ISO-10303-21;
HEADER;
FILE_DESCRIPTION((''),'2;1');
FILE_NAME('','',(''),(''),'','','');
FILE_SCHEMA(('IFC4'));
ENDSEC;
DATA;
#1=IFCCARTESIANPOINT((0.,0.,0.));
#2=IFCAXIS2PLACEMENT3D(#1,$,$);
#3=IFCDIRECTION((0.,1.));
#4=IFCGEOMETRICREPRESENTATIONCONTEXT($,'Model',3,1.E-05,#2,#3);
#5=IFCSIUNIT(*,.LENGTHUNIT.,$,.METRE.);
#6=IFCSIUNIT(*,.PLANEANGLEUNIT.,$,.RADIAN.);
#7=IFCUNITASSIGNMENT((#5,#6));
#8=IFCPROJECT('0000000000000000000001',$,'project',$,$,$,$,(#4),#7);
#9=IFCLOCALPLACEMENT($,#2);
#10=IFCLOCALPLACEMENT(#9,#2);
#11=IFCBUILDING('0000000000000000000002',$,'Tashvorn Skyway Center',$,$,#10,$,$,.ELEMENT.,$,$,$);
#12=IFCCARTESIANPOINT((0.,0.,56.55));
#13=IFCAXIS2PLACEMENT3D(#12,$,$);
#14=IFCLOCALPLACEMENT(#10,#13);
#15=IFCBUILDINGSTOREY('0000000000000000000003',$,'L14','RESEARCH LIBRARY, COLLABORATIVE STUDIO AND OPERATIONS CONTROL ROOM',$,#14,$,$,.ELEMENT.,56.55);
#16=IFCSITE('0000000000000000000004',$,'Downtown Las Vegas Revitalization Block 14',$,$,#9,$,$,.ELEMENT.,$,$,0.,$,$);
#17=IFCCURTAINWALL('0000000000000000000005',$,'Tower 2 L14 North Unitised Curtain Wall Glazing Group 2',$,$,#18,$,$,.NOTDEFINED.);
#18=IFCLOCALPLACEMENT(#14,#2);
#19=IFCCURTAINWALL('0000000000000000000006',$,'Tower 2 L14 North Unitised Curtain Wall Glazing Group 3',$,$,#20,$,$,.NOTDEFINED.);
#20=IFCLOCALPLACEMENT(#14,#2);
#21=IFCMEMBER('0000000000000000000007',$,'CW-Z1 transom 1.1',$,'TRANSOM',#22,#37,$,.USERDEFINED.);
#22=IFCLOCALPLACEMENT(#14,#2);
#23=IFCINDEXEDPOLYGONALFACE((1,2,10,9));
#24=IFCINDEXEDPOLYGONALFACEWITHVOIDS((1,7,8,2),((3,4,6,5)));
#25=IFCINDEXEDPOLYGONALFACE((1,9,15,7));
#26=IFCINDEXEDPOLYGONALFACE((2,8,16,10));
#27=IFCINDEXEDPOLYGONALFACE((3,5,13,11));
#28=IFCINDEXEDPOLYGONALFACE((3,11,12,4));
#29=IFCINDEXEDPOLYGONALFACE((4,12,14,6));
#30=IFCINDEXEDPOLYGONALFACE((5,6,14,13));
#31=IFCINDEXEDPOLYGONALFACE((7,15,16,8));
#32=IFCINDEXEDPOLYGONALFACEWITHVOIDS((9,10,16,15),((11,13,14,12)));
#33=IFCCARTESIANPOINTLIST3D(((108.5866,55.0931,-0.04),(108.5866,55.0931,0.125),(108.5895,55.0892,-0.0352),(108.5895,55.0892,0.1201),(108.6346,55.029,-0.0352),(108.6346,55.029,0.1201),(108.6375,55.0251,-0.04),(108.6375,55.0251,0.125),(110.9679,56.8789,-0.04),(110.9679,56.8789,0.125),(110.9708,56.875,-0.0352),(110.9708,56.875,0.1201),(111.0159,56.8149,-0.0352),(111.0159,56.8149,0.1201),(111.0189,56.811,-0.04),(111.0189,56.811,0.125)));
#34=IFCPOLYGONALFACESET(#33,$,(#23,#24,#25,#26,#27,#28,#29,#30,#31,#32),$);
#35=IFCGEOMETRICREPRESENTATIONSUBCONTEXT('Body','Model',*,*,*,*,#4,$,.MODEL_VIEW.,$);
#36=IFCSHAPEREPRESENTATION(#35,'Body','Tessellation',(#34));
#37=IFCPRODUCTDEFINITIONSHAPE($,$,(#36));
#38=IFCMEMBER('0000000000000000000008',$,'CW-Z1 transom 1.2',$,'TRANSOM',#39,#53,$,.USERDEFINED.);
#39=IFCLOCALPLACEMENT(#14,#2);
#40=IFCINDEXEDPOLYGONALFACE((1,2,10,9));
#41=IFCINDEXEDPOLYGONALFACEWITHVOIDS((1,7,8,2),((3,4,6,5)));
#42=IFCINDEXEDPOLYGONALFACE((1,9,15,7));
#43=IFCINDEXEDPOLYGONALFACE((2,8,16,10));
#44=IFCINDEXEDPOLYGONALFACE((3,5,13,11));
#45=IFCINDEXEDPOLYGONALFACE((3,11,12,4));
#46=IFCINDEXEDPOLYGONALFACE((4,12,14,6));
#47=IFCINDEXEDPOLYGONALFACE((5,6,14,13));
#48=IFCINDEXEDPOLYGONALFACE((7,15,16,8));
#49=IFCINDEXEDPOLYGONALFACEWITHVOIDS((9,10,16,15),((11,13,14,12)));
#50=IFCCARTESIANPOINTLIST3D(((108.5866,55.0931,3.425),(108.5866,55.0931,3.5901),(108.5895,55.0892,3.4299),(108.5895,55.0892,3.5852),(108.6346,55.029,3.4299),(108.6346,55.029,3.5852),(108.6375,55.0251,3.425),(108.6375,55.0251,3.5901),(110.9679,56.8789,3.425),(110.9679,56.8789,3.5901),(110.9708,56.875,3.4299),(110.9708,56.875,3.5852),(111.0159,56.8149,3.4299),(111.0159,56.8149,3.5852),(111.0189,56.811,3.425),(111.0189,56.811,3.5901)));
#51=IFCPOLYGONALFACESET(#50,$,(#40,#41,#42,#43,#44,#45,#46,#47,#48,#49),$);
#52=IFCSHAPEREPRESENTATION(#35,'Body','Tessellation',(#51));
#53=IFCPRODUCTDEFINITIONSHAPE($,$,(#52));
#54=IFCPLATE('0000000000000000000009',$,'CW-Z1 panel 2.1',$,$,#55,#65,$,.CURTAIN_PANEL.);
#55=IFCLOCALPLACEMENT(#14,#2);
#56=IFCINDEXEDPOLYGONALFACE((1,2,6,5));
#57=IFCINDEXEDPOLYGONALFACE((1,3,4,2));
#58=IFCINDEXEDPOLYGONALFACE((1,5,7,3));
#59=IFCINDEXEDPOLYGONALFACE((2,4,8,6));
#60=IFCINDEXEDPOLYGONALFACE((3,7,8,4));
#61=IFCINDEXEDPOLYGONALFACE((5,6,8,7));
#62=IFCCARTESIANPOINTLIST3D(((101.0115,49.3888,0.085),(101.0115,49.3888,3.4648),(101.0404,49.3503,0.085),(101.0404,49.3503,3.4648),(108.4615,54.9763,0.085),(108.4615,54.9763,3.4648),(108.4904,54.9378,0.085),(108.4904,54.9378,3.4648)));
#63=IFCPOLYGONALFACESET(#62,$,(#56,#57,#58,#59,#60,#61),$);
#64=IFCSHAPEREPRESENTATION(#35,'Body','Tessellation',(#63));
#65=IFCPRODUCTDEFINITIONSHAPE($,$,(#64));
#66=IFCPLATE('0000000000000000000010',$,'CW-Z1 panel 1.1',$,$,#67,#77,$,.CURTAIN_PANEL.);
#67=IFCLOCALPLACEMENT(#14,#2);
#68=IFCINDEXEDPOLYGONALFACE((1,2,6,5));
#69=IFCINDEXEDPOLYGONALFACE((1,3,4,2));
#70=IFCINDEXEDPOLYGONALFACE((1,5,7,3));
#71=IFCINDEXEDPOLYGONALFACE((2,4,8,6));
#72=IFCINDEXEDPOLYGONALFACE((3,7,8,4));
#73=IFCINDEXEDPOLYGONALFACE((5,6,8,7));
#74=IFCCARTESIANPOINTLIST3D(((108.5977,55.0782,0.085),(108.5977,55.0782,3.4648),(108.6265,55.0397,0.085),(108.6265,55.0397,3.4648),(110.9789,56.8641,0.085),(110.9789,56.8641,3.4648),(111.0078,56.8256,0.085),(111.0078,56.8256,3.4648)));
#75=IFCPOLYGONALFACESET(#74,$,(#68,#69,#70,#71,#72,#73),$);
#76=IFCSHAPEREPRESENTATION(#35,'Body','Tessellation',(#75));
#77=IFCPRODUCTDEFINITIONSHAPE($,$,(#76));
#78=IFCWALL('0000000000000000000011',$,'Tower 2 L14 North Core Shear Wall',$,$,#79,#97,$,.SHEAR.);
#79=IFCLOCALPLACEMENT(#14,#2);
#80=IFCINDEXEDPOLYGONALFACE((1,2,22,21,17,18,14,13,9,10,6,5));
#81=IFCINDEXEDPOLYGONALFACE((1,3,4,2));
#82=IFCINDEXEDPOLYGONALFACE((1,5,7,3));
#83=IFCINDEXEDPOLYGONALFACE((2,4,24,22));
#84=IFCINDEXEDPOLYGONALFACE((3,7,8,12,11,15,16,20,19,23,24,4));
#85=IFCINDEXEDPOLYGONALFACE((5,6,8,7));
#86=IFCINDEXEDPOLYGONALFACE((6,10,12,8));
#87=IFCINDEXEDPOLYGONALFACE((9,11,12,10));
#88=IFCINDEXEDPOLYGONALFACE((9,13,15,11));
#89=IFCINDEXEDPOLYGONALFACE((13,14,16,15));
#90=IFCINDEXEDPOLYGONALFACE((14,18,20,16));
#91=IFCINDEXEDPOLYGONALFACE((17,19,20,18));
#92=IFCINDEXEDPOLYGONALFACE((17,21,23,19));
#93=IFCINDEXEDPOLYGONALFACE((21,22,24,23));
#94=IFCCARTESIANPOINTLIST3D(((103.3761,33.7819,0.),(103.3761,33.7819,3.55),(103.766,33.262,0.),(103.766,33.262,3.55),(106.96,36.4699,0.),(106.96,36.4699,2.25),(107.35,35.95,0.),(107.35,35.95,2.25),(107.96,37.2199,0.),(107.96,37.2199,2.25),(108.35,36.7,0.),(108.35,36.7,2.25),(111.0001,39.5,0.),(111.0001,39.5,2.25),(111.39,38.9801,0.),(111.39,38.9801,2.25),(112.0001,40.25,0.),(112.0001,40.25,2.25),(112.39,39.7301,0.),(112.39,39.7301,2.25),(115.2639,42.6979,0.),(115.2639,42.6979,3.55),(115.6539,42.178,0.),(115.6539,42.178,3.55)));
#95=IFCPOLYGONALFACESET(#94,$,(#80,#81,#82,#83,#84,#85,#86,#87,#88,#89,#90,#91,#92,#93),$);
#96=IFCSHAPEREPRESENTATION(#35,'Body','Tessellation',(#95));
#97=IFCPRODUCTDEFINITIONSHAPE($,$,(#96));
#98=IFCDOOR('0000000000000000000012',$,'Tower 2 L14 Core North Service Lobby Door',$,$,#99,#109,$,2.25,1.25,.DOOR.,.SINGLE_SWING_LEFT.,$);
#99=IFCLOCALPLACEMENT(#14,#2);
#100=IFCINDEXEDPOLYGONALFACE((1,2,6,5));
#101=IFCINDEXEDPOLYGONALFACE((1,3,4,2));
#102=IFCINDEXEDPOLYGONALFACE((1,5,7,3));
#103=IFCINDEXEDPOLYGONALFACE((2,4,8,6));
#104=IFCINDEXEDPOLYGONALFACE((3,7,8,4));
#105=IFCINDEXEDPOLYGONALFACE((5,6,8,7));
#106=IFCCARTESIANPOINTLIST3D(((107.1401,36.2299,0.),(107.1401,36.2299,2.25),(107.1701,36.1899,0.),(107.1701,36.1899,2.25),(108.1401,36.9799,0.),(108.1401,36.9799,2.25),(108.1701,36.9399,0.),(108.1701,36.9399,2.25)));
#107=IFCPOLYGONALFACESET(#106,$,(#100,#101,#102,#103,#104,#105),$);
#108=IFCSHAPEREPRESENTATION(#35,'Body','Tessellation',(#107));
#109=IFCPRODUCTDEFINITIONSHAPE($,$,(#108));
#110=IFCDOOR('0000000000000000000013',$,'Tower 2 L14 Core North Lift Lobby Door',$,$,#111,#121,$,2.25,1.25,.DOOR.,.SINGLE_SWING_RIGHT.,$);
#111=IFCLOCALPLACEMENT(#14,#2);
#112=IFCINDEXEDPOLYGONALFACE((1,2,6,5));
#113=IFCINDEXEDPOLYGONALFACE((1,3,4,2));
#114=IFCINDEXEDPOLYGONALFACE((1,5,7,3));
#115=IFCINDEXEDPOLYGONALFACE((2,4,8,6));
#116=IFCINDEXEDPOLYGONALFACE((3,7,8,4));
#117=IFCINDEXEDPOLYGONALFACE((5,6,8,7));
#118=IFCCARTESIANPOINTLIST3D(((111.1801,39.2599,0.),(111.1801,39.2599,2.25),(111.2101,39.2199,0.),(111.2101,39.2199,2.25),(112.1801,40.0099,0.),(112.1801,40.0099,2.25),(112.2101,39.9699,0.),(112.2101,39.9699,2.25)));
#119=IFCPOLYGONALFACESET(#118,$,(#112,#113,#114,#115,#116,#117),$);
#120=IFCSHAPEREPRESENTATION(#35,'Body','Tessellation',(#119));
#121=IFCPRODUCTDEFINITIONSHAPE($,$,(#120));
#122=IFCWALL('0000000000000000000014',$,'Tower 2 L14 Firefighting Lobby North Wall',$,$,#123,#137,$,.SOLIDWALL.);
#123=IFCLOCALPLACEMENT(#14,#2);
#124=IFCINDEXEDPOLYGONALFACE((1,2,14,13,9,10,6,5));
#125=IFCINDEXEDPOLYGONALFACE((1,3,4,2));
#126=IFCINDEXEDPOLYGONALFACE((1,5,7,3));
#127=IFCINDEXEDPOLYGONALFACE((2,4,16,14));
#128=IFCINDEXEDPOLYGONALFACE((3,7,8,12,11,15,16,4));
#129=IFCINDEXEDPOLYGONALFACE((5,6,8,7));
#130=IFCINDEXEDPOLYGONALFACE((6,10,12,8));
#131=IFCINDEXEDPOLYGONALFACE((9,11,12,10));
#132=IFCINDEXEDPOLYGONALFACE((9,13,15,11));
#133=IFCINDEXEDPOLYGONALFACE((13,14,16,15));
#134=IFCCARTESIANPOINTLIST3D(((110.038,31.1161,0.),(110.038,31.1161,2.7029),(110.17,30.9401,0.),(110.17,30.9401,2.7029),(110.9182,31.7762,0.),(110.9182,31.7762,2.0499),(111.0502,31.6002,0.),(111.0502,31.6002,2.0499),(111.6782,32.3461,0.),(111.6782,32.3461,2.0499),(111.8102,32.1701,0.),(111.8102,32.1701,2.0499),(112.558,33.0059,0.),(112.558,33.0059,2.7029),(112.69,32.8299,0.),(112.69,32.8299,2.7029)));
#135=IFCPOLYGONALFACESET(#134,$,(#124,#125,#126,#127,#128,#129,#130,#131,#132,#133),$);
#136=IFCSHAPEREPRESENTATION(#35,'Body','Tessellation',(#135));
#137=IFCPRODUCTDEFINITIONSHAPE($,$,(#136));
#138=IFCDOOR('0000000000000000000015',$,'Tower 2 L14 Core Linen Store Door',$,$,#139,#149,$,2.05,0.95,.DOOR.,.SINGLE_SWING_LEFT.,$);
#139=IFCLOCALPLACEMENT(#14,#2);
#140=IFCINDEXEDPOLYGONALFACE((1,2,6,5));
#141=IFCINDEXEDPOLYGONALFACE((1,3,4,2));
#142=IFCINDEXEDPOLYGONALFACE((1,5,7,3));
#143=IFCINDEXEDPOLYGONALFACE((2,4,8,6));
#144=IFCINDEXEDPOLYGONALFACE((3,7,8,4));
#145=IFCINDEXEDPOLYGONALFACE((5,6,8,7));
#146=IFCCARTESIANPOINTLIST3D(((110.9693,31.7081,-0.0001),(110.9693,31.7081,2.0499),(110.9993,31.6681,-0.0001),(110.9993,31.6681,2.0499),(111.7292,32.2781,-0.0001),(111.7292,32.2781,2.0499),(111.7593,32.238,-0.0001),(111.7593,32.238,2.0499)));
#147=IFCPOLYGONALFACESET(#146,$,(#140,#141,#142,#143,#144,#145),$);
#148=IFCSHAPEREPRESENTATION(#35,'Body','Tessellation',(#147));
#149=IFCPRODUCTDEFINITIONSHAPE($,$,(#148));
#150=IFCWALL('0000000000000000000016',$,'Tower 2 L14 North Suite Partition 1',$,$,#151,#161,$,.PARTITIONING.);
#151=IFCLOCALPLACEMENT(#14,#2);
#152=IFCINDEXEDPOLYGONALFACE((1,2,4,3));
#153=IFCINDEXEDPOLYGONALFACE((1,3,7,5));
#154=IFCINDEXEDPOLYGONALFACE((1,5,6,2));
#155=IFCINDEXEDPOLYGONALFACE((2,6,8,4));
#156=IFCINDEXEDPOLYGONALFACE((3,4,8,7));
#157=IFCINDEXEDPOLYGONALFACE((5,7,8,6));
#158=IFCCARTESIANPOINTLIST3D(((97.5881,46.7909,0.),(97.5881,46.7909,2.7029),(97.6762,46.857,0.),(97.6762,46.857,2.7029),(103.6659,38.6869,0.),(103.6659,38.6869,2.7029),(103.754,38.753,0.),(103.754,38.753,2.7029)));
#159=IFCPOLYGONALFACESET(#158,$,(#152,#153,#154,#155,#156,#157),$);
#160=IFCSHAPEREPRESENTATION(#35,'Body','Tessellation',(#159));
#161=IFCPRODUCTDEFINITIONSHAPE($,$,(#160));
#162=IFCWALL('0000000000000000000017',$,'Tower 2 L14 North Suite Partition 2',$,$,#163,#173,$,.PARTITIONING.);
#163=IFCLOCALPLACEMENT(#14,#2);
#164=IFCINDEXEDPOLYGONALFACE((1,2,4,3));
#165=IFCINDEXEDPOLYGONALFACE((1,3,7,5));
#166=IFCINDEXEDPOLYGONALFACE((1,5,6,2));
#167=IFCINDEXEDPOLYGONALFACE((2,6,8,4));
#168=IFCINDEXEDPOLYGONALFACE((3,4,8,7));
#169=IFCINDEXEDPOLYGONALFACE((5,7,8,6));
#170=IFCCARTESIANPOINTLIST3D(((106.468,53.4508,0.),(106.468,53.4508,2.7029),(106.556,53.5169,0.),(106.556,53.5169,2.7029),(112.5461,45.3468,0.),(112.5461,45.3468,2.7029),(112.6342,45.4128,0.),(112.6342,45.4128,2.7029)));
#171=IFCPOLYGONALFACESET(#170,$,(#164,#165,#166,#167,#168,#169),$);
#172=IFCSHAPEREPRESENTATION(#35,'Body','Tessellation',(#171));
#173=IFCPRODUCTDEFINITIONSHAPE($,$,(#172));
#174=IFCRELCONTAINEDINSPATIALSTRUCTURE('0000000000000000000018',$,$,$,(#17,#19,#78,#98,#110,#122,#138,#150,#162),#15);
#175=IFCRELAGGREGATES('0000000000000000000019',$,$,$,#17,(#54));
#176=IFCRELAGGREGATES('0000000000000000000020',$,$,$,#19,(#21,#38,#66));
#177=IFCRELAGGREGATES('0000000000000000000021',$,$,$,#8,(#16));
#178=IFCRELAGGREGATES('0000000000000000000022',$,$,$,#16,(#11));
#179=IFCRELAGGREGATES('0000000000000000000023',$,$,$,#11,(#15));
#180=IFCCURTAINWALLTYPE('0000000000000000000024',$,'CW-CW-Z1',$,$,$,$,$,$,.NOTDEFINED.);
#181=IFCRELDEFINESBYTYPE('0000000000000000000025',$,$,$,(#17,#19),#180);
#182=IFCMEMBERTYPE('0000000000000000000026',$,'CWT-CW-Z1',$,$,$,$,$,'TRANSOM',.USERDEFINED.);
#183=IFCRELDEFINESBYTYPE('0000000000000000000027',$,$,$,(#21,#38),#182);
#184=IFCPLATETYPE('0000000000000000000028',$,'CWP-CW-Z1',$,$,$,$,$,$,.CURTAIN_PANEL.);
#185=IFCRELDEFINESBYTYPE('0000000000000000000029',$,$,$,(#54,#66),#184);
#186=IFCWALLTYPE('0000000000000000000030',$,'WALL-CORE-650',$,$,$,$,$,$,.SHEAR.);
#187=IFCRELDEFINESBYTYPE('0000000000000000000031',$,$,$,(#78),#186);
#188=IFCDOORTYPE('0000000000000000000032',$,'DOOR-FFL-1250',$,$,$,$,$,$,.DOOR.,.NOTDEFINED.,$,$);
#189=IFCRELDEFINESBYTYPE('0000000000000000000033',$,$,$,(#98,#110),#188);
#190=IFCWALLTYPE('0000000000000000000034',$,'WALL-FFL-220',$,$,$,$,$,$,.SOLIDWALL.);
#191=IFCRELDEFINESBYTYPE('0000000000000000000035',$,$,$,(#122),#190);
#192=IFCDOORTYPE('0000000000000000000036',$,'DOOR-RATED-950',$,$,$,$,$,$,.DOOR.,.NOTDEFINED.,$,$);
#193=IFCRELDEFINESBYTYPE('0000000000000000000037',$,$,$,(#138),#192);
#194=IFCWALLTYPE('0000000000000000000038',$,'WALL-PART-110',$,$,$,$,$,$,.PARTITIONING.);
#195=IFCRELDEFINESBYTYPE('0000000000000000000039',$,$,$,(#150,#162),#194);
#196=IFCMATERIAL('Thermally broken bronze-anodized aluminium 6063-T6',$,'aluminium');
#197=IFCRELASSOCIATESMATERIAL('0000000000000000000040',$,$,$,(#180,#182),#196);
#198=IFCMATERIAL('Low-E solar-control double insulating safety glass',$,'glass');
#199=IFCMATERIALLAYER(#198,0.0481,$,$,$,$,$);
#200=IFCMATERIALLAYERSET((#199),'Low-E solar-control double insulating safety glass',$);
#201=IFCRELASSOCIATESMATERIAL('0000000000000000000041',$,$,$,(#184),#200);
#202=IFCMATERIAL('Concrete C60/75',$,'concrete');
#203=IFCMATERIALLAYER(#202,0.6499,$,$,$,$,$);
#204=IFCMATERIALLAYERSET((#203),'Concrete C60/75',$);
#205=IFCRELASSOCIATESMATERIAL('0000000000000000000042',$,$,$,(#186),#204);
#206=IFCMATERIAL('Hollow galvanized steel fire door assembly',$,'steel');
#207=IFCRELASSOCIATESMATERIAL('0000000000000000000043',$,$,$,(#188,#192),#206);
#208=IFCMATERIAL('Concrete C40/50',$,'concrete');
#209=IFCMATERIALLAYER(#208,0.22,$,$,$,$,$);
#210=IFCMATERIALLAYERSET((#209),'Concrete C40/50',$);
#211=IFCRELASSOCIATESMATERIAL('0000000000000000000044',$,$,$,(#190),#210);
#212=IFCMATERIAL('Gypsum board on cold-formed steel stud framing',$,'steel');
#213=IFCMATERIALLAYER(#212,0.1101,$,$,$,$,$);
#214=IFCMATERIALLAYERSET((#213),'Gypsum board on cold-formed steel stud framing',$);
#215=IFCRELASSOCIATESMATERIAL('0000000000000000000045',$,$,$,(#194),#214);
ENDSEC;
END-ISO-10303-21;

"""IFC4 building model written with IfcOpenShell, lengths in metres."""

from ifc_helpers import new_model, si_unit, direction, frame, frame_2d, origin, origin_2d, place, context, subcontext, project, spatial, rectangle, hollow_rectangle, extrude, material, layer, layer_set, material_profile, profile_set, type_object, element, fill, aggregate, save


model = new_model("IFC4")

# Units and contexts
model_context = context("Model", 3, precision=1e-05, world=origin(), true_north=direction((0.0, 1.0)))
body_context = subcontext(model_context, "Body", "Model", "MODEL_VIEW")
ifc_project = project(units=[si_unit("LENGTHUNIT", "METRE"), si_unit("PLANEANGLEUNIT", "RADIAN")], contexts=[model_context])

# Site, building, storey
site_placement = place(None, origin())
site = spatial("IfcSite", under=ifc_project, at=site_placement, Name="Downtown Las Vegas Revitalization Block 14", CompositionType="ELEMENT", RefElevation=0.0)
building_placement = place(site_placement, origin())
building = spatial("IfcBuilding", under=site, at=building_placement, Name="Tashvorn Skyway Center", CompositionType="ELEMENT")
storey_placement = place(building_placement, frame((0.0, 0.0, 56.55)))
storey = spatial("IfcBuildingStorey", under=building, at=storey_placement, Name="L14", Description="RESEARCH LIBRARY, COLLABORATIVE STUDIO AND OPERATIONS CONTROL ROOM", CompositionType="ELEMENT", Elevation=56.55)

# Shared definitions
ifc_material_1 = material(Name="Concrete C60/75", Category="concrete")

# Curtain wall
ifc_material_2 = material(Name="Thermally broken bronze-anodized aluminium 6063-T6", Category="aluminium")
curtain_wall_type = type_object("IfcCurtainWallType", Name="CW-CW-Z1", PredefinedType="NOTDEFINED", material=ifc_material_2)
curtain_wall_1_placement = place(storey_placement, origin())
curtain_wall_1 = element("IfcCurtainWall", 1, at=curtain_wall_1_placement, inside=storey, type_object=curtain_wall_type, Name="Tower 2 L14 North Unitised Curtain Wall Glazing Group 2", PredefinedType="NOTDEFINED")

# Curtain wall, members
curtain_wall_2_placement = place(storey_placement, origin())
curtain_wall_2 = element("IfcCurtainWall", 2, at=curtain_wall_2_placement, inside=storey, type_object=curtain_wall_type, Name="Tower 2 L14 North Unitised Curtain Wall Glazing Group 3", PredefinedType="NOTDEFINED")
ifc_material_profile_1 = material_profile(ifc_material_2, hollow_rectangle(XDim=0.085, YDim=0.165, WallThickness=0.0049, at=origin_2d()), Name="ALU-TRAN-85x165")
ifc_profile_set_1 = profile_set([ifc_material_profile_1], Name="Thermally broken bronze-anodized aluminium 6063-T6")
member_type_1 = type_object("IfcMemberType", Name="CWT-CW-Z1", ElementType="TRANSOM", PredefinedType="USERDEFINED", material=ifc_profile_set_1)
member_1_placement = place(storey_placement, frame((108.6121, 55.0591, 0.0425), z_axis=(0.80002, 0.599974, 0.0), x_axis=(-0.599974, 0.80002, 0.0)))
member_1 = element("IfcMember", 3, at=member_1_placement, type_object=member_type_1, Name="CW-Z1 transom 1.1", ObjectType="TRANSOM", PredefinedType="USERDEFINED", context=body_context, shape_type="SweptSolid", body=[
    extrude(hollow_rectangle(XDim=0.085, YDim=0.165, WallThickness=0.0049, at=origin_2d()), origin(), (0.0, 0.0, 1.0), 2.9766),
])
member_2_placement = place(storey_placement, frame((108.6121, 55.0591, 3.5076), z_axis=(0.80002, 0.599974, 0.0), x_axis=(-0.599974, 0.80002, 0.0)))
member_2 = element("IfcMember", 4, at=member_2_placement, type_object=member_type_1, Name="CW-Z1 transom 1.2", ObjectType="TRANSOM", PredefinedType="USERDEFINED", context=body_context, shape_type="SweptSolid", body=[
    extrude(hollow_rectangle(XDim=0.085, YDim=0.165, WallThickness=0.0049, at=origin_2d()), origin(), (0.0, 0.0, 1.0), 2.9766),
])

# Plates
ifc_material_3 = material(Name="Low-E solar-control double insulating safety glass", Category="glass")
ifc_layer_1 = layer(ifc_material_3, 0.0481)
ifc_layer_set_1 = layer_set([ifc_layer_1], Name="Low-E solar-control double insulating safety glass")
plate_type = type_object("IfcPlateType", Name="CWP-CW-Z1", PredefinedType="CURTAIN_PANEL", material=ifc_layer_set_1)
plate_1_placement = place(storey_placement, frame((104.751, 52.1633, 0.085), z_axis=(0.0, 0.0, 1.0), x_axis=(0.8, 0.6, 0.0)))
plate_1 = element("IfcPlate", 5, at=plate_1_placement, type_object=plate_type, Name="CW-Z1 panel 2.1", PredefinedType="CURTAIN_PANEL", context=body_context, shape_type="SweptSolid", body=[
    extrude(rectangle(XDim=9.3125, YDim=0.0481, at=origin_2d()), origin(), (0.0, 0.0, 1.0), 3.3799),
])
aggregate(curtain_wall_1, [plate_1])
plate_2_placement = place(storey_placement, frame((109.8027, 55.9519, 0.085), z_axis=(0.0, 0.0, 1.0), x_axis=(0.799996, 0.600005, 0.0)))
plate_2 = element("IfcPlate", 6, at=plate_2_placement, type_object=plate_type, Name="CW-Z1 panel 1.1", PredefinedType="CURTAIN_PANEL", context=body_context, shape_type="SweptSolid", body=[
    extrude(rectangle(XDim=2.9766, YDim=0.0481, at=origin_2d()), origin(), (0.0, 0.0, 1.0), 3.3799),
])
aggregate(curtain_wall_2, [member_1, member_2, plate_2])

# Wall, openings, doors
ifc_layer_2 = layer(ifc_material_1, 0.6499)
ifc_layer_set_2 = layer_set([ifc_layer_2], Name="Concrete C60/75")
wall_type_1 = type_object("IfcWallType", Name="WALL-CORE-650", PredefinedType="SHEAR", material=ifc_layer_set_2)
wall_1_placement = place(storey_placement, frame((103.571, 33.522, 0.0), z_axis=(0.0, 0.0, 1.0), x_axis=(0.799998, 0.600003, 0.0)))
wall_1 = element("IfcWall", 7, at=wall_1_placement, inside=storey, type_object=wall_type_1, Name="Tower 2 L14 North Core Shear Wall", PredefinedType="SHEAR", context=body_context, shape_type="SweptSolid", body=[
    extrude(rectangle(XDim=14.8599, YDim=0.6499, at=frame_2d((7.4299, 0.0))), origin(), (0.0, 0.0, 1.0), 3.55),
])
opening_1_placement = place(wall_1_placement, frame((4.48, 0.0, 0.0)))
opening_1 = element("IfcOpeningElement", 8, at=opening_1_placement, cuts=wall_1, PredefinedType="OPENING", context=body_context, shape_type="SweptSolid", body=[
    extrude(rectangle(XDim=1.25, YDim=2.25, at=frame_2d((0.625, 1.125))), frame((0.0, 0.335, 0.0), z_axis=(0.0, -1.0, 0.0), x_axis=(1.0, 0.0, 0.0)), (0.0, 0.0, 1.0), 0.6699),
])
opening_2_placement = place(wall_1_placement, frame((9.53, 0.0, 0.0)))
opening_2 = element("IfcOpeningElement", 9, at=opening_2_placement, cuts=wall_1, PredefinedType="OPENING", context=body_context, shape_type="SweptSolid", body=[
    extrude(rectangle(XDim=1.25, YDim=2.25, at=frame_2d((0.625, 1.125))), frame((0.0, 0.335, 0.0), z_axis=(0.0, -1.0, 0.0), x_axis=(1.0, 0.0, 0.0)), (0.0, 0.0, 1.0), 0.6699),
])
ifc_material_4 = material(Name="Hollow galvanized steel fire door assembly", Category="steel")
door_type_1 = type_object("IfcDoorType", Name="DOOR-FFL-1250", OperationType="NOTDEFINED", PredefinedType="DOOR", material=ifc_material_4)
door_1_placement = place(opening_1_placement, origin())
door_1 = element("IfcDoor", 10, at=door_1_placement, inside=storey, type_object=door_type_1, Name="Tower 2 L14 Core North Service Lobby Door", OperationType="SINGLE_SWING_LEFT", OverallHeight=2.25, OverallWidth=1.25, PredefinedType="DOOR", context=body_context, shape_type="SweptSolid", body=[
    extrude(rectangle(XDim=1.25, YDim=2.25, at=frame_2d((0.625, 1.125))), frame((0.0, 0.0249, 0.0), z_axis=(0.0, -1.0, 0.0), x_axis=(1.0, 0.0, 0.0)), (0.0, 0.0, 1.0), 0.05),
])
fill(opening_1, door_1)
door_2_placement = place(opening_2_placement, origin())
door_2 = element("IfcDoor", 11, at=door_2_placement, inside=storey, type_object=door_type_1, Name="Tower 2 L14 Core North Lift Lobby Door", OperationType="SINGLE_SWING_RIGHT", OverallHeight=2.25, OverallWidth=1.25, PredefinedType="DOOR", context=body_context, shape_type="SweptSolid", body=[
    extrude(rectangle(XDim=1.25, YDim=2.25, at=frame_2d((0.625, 1.125))), frame((0.0, 0.0249, 0.0), z_axis=(0.0, -1.0, 0.0), x_axis=(1.0, 0.0, 0.0)), (0.0, 0.0, 1.0), 0.05),
])
fill(opening_2, door_2)

# Wall, opening, door
ifc_material_5 = material(Name="Concrete C40/50", Category="concrete")
ifc_layer_3 = layer(ifc_material_5, 0.22)
ifc_layer_set_3 = layer_set([ifc_layer_3], Name="Concrete C40/50")
wall_type_2 = type_object("IfcWallType", Name="WALL-FFL-220", PredefinedType="SOLIDWALL", material=ifc_layer_set_3)
wall_2_placement = place(storey_placement, frame((110.104, 31.0281, 0.0), z_axis=(0.0, 0.0, 1.0), x_axis=(0.800019, 0.599975, 0.0)))
wall_2 = element("IfcWall", 12, at=wall_2_placement, inside=storey, type_object=wall_type_2, Name="Tower 2 L14 Firefighting Lobby North Wall", PredefinedType="SOLIDWALL", context=body_context, shape_type="SweptSolid", body=[
    extrude(rectangle(XDim=3.1499, YDim=0.22, at=frame_2d((1.575, 0.0))), origin(), (0.0, 0.0, 1.0), 2.7029),
])
opening_3_placement = place(wall_2_placement, frame((1.1001, 0.0, 0.0)))
opening_3 = element("IfcOpeningElement", 13, at=opening_3_placement, cuts=wall_2, PredefinedType="OPENING", context=body_context, shape_type="SweptSolid", body=[
    extrude(rectangle(XDim=0.95, YDim=2.05, at=frame_2d((0.4751, 1.0249))), frame((0.0, 0.1199, 0.0), z_axis=(0.0, -1.0, 0.0), x_axis=(1.0, 0.0, 0.0)), (0.0, 0.0, 1.0), 0.24),
])
door_type_2 = type_object("IfcDoorType", Name="DOOR-RATED-950", OperationType="NOTDEFINED", PredefinedType="DOOR", material=ifc_material_4)
door_3_placement = place(opening_3_placement, origin())
door_3 = element("IfcDoor", 14, at=door_3_placement, inside=storey, type_object=door_type_2, Name="Tower 2 L14 Core Linen Store Door", OperationType="SINGLE_SWING_LEFT", OverallHeight=2.05, OverallWidth=0.95, PredefinedType="DOOR", context=body_context, shape_type="SweptSolid", body=[
    extrude(rectangle(XDim=0.95, YDim=2.05, at=frame_2d((0.4751, 1.0249))), frame((0.0, 0.0249, 0.0), z_axis=(0.0, -1.0, 0.0), x_axis=(1.0, 0.0, 0.0)), (0.0, 0.0, 1.0), 0.05),
])
fill(opening_3, door_3)

# Walls
ifc_material_6 = material(Name="Gypsum board on cold-formed steel stud framing", Category="steel")
ifc_layer_4 = layer(ifc_material_6, 0.1101)
ifc_layer_set_4 = layer_set([ifc_layer_4], Name="Gypsum board on cold-formed steel stud framing")
wall_type_3 = type_object("IfcWallType", Name="WALL-PART-110", PredefinedType="PARTITIONING", material=ifc_layer_set_4)
wall_3_placement = place(storey_placement, frame((103.71, 38.72, 0.0), z_axis=(0.0, 0.0, 1.0), x_axis=(-0.599992, 0.800006, 0.0)))
element("IfcWall", 15, at=wall_3_placement, inside=storey, type_object=wall_type_3, Name="Tower 2 L14 North Suite Partition 1", PredefinedType="PARTITIONING", context=body_context, shape_type="SweptSolid", body=[
    extrude(rectangle(XDim=10.1299, YDim=0.1101, at=frame_2d((5.0649, 0.0))), origin(), (0.0, 0.0, 1.0), 2.7029),
])
wall_4_placement = place(storey_placement, frame((112.5901, 45.3799, 0.0), z_axis=(0.0, 0.0, 1.0), x_axis=(-0.600008, 0.799994, 0.0)))
element("IfcWall", 16, at=wall_4_placement, inside=storey, type_object=wall_type_3, Name="Tower 2 L14 North Suite Partition 2", PredefinedType="PARTITIONING", context=body_context, shape_type="SweptSolid", body=[
    extrude(rectangle(XDim=10.1301, YDim=0.1101, at=frame_2d((5.0649, 0.0))), origin(), (0.0, 0.0, 1.0), 2.7029),
])

save(model, "model.ifc")
